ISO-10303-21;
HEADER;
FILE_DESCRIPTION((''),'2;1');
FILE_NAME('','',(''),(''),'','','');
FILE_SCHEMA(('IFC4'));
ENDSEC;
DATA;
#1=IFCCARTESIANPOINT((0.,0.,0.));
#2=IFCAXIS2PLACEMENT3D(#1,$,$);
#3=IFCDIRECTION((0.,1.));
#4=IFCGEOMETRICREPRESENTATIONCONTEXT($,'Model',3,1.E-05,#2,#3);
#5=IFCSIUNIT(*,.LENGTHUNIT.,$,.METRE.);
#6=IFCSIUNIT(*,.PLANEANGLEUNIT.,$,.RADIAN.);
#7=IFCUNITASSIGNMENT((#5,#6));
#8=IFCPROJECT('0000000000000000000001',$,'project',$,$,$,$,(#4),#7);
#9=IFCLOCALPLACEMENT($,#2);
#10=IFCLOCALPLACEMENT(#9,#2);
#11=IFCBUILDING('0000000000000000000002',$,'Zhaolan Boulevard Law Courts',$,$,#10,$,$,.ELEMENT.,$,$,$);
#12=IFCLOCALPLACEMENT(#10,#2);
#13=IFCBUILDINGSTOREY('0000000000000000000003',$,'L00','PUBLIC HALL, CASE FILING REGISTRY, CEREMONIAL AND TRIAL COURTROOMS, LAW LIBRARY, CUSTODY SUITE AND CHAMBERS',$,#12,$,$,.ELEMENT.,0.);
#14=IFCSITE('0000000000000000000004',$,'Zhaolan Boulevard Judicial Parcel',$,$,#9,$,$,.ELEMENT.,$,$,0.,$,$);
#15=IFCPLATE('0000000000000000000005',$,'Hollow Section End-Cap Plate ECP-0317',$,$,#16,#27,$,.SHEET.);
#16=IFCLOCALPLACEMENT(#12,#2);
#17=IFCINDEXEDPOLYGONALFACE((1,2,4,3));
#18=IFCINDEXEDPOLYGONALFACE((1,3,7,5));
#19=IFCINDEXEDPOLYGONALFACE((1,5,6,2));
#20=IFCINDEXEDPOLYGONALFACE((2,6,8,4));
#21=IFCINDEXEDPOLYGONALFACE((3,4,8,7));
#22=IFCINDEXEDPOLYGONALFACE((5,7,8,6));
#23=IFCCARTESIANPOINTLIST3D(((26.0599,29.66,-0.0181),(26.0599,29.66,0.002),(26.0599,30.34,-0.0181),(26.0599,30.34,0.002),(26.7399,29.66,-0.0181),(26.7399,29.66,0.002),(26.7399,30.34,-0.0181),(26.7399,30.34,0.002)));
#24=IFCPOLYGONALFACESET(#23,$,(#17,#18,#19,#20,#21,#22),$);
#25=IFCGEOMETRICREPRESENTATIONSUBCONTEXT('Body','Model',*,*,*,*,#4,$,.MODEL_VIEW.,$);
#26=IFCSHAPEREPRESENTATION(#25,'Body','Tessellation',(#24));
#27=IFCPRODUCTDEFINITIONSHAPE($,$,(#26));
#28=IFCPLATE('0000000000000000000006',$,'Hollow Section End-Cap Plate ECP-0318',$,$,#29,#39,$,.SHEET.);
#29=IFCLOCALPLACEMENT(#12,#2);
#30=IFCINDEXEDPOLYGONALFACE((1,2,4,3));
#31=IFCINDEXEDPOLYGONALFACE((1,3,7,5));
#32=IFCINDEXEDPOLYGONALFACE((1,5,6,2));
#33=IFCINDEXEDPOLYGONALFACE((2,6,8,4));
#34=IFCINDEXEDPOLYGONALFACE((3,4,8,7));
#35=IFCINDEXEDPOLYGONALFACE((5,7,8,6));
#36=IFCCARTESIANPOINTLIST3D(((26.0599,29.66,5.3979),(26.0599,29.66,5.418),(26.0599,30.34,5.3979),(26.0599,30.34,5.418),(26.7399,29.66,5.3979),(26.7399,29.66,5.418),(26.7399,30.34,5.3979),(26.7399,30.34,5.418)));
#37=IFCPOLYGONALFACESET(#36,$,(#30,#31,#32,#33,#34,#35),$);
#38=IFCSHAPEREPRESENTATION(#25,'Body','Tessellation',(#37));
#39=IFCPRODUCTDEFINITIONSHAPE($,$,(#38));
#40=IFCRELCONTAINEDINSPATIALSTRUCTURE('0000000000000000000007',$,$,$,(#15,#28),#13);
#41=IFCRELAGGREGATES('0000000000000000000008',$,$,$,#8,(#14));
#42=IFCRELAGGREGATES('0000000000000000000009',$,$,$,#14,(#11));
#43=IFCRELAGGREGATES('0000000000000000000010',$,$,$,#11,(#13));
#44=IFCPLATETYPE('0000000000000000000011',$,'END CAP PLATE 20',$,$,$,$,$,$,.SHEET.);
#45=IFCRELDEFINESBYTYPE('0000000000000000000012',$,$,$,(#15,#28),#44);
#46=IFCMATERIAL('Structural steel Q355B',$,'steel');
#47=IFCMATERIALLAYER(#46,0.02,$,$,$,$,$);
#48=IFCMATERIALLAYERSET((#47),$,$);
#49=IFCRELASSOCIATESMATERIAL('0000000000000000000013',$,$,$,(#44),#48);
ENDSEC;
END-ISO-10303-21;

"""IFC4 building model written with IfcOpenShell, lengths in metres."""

from ifc_helpers import new_model, si_unit, direction, frame, origin, origin_2d, place, context, subcontext, project, spatial, rectangle, extrude, material, layer, layer_set, type_object, element, save


model = new_model("IFC4")

# Units and contexts
model_context = context("Model", 3, precision=1e-05, world=origin(), true_north=direction((0.0, 1.0)))
body_context = subcontext(model_context, "Body", "Model", "MODEL_VIEW")
ifc_project = project(units=[si_unit("LENGTHUNIT", "METRE"), si_unit("PLANEANGLEUNIT", "RADIAN")], contexts=[model_context])

# Site, building, storey
site_placement = place(None, origin())
site = spatial("IfcSite", under=ifc_project, at=site_placement, Name="Zhaolan Boulevard Judicial Parcel", CompositionType="ELEMENT", RefElevation=0.0)
building_placement = place(site_placement, origin())
building = spatial("IfcBuilding", under=site, at=building_placement, Name="Zhaolan Boulevard Law Courts", CompositionType="ELEMENT")
storey_placement = place(building_placement, origin())
storey = spatial("IfcBuildingStorey", under=building, at=storey_placement, Name="L00", Description="PUBLIC HALL, CASE FILING REGISTRY, CEREMONIAL AND TRIAL COURTROOMS, LAW LIBRARY, CUSTODY SUITE AND CHAMBERS", CompositionType="ELEMENT", Elevation=0.0)

# Plates
ifc_material_1 = material(Name="Structural steel Q355B", Category="steel")
ifc_layer_1 = layer(ifc_material_1, 0.02)
ifc_layer_set_1 = layer_set([ifc_layer_1])
plate_type_1 = type_object("IfcPlateType", Name="END CAP PLATE 20", PredefinedType="SHEET", material=ifc_layer_set_1)
for number, where, z_axis, x_axis, name in (
    (1, (26.3999, 30.0, -0.0181), (0.0, 0.0, 1.0), (1.0, 0.0, 0.0), "Hollow Section End-Cap Plate ECP-0317"),
    (2, (26.3999, 30.0, 5.3979), (0.0, 0.0, 1.0), (1.0, 0.0, 0.0), "Hollow Section End-Cap Plate ECP-0318"),
):
    element("IfcPlate", number, at=place(storey_placement, frame(where, z_axis=z_axis, x_axis=x_axis)), inside=storey, type_object=plate_type_1, Name=name, PredefinedType="SHEET", context=body_context, shape_type="SweptSolid", body=[
        extrude(rectangle(XDim=0.6799, YDim=0.6799, at=origin_2d()), origin(), (0.0, 0.0, 1.0), 0.02),
    ])

save(model, "model.ifc")
